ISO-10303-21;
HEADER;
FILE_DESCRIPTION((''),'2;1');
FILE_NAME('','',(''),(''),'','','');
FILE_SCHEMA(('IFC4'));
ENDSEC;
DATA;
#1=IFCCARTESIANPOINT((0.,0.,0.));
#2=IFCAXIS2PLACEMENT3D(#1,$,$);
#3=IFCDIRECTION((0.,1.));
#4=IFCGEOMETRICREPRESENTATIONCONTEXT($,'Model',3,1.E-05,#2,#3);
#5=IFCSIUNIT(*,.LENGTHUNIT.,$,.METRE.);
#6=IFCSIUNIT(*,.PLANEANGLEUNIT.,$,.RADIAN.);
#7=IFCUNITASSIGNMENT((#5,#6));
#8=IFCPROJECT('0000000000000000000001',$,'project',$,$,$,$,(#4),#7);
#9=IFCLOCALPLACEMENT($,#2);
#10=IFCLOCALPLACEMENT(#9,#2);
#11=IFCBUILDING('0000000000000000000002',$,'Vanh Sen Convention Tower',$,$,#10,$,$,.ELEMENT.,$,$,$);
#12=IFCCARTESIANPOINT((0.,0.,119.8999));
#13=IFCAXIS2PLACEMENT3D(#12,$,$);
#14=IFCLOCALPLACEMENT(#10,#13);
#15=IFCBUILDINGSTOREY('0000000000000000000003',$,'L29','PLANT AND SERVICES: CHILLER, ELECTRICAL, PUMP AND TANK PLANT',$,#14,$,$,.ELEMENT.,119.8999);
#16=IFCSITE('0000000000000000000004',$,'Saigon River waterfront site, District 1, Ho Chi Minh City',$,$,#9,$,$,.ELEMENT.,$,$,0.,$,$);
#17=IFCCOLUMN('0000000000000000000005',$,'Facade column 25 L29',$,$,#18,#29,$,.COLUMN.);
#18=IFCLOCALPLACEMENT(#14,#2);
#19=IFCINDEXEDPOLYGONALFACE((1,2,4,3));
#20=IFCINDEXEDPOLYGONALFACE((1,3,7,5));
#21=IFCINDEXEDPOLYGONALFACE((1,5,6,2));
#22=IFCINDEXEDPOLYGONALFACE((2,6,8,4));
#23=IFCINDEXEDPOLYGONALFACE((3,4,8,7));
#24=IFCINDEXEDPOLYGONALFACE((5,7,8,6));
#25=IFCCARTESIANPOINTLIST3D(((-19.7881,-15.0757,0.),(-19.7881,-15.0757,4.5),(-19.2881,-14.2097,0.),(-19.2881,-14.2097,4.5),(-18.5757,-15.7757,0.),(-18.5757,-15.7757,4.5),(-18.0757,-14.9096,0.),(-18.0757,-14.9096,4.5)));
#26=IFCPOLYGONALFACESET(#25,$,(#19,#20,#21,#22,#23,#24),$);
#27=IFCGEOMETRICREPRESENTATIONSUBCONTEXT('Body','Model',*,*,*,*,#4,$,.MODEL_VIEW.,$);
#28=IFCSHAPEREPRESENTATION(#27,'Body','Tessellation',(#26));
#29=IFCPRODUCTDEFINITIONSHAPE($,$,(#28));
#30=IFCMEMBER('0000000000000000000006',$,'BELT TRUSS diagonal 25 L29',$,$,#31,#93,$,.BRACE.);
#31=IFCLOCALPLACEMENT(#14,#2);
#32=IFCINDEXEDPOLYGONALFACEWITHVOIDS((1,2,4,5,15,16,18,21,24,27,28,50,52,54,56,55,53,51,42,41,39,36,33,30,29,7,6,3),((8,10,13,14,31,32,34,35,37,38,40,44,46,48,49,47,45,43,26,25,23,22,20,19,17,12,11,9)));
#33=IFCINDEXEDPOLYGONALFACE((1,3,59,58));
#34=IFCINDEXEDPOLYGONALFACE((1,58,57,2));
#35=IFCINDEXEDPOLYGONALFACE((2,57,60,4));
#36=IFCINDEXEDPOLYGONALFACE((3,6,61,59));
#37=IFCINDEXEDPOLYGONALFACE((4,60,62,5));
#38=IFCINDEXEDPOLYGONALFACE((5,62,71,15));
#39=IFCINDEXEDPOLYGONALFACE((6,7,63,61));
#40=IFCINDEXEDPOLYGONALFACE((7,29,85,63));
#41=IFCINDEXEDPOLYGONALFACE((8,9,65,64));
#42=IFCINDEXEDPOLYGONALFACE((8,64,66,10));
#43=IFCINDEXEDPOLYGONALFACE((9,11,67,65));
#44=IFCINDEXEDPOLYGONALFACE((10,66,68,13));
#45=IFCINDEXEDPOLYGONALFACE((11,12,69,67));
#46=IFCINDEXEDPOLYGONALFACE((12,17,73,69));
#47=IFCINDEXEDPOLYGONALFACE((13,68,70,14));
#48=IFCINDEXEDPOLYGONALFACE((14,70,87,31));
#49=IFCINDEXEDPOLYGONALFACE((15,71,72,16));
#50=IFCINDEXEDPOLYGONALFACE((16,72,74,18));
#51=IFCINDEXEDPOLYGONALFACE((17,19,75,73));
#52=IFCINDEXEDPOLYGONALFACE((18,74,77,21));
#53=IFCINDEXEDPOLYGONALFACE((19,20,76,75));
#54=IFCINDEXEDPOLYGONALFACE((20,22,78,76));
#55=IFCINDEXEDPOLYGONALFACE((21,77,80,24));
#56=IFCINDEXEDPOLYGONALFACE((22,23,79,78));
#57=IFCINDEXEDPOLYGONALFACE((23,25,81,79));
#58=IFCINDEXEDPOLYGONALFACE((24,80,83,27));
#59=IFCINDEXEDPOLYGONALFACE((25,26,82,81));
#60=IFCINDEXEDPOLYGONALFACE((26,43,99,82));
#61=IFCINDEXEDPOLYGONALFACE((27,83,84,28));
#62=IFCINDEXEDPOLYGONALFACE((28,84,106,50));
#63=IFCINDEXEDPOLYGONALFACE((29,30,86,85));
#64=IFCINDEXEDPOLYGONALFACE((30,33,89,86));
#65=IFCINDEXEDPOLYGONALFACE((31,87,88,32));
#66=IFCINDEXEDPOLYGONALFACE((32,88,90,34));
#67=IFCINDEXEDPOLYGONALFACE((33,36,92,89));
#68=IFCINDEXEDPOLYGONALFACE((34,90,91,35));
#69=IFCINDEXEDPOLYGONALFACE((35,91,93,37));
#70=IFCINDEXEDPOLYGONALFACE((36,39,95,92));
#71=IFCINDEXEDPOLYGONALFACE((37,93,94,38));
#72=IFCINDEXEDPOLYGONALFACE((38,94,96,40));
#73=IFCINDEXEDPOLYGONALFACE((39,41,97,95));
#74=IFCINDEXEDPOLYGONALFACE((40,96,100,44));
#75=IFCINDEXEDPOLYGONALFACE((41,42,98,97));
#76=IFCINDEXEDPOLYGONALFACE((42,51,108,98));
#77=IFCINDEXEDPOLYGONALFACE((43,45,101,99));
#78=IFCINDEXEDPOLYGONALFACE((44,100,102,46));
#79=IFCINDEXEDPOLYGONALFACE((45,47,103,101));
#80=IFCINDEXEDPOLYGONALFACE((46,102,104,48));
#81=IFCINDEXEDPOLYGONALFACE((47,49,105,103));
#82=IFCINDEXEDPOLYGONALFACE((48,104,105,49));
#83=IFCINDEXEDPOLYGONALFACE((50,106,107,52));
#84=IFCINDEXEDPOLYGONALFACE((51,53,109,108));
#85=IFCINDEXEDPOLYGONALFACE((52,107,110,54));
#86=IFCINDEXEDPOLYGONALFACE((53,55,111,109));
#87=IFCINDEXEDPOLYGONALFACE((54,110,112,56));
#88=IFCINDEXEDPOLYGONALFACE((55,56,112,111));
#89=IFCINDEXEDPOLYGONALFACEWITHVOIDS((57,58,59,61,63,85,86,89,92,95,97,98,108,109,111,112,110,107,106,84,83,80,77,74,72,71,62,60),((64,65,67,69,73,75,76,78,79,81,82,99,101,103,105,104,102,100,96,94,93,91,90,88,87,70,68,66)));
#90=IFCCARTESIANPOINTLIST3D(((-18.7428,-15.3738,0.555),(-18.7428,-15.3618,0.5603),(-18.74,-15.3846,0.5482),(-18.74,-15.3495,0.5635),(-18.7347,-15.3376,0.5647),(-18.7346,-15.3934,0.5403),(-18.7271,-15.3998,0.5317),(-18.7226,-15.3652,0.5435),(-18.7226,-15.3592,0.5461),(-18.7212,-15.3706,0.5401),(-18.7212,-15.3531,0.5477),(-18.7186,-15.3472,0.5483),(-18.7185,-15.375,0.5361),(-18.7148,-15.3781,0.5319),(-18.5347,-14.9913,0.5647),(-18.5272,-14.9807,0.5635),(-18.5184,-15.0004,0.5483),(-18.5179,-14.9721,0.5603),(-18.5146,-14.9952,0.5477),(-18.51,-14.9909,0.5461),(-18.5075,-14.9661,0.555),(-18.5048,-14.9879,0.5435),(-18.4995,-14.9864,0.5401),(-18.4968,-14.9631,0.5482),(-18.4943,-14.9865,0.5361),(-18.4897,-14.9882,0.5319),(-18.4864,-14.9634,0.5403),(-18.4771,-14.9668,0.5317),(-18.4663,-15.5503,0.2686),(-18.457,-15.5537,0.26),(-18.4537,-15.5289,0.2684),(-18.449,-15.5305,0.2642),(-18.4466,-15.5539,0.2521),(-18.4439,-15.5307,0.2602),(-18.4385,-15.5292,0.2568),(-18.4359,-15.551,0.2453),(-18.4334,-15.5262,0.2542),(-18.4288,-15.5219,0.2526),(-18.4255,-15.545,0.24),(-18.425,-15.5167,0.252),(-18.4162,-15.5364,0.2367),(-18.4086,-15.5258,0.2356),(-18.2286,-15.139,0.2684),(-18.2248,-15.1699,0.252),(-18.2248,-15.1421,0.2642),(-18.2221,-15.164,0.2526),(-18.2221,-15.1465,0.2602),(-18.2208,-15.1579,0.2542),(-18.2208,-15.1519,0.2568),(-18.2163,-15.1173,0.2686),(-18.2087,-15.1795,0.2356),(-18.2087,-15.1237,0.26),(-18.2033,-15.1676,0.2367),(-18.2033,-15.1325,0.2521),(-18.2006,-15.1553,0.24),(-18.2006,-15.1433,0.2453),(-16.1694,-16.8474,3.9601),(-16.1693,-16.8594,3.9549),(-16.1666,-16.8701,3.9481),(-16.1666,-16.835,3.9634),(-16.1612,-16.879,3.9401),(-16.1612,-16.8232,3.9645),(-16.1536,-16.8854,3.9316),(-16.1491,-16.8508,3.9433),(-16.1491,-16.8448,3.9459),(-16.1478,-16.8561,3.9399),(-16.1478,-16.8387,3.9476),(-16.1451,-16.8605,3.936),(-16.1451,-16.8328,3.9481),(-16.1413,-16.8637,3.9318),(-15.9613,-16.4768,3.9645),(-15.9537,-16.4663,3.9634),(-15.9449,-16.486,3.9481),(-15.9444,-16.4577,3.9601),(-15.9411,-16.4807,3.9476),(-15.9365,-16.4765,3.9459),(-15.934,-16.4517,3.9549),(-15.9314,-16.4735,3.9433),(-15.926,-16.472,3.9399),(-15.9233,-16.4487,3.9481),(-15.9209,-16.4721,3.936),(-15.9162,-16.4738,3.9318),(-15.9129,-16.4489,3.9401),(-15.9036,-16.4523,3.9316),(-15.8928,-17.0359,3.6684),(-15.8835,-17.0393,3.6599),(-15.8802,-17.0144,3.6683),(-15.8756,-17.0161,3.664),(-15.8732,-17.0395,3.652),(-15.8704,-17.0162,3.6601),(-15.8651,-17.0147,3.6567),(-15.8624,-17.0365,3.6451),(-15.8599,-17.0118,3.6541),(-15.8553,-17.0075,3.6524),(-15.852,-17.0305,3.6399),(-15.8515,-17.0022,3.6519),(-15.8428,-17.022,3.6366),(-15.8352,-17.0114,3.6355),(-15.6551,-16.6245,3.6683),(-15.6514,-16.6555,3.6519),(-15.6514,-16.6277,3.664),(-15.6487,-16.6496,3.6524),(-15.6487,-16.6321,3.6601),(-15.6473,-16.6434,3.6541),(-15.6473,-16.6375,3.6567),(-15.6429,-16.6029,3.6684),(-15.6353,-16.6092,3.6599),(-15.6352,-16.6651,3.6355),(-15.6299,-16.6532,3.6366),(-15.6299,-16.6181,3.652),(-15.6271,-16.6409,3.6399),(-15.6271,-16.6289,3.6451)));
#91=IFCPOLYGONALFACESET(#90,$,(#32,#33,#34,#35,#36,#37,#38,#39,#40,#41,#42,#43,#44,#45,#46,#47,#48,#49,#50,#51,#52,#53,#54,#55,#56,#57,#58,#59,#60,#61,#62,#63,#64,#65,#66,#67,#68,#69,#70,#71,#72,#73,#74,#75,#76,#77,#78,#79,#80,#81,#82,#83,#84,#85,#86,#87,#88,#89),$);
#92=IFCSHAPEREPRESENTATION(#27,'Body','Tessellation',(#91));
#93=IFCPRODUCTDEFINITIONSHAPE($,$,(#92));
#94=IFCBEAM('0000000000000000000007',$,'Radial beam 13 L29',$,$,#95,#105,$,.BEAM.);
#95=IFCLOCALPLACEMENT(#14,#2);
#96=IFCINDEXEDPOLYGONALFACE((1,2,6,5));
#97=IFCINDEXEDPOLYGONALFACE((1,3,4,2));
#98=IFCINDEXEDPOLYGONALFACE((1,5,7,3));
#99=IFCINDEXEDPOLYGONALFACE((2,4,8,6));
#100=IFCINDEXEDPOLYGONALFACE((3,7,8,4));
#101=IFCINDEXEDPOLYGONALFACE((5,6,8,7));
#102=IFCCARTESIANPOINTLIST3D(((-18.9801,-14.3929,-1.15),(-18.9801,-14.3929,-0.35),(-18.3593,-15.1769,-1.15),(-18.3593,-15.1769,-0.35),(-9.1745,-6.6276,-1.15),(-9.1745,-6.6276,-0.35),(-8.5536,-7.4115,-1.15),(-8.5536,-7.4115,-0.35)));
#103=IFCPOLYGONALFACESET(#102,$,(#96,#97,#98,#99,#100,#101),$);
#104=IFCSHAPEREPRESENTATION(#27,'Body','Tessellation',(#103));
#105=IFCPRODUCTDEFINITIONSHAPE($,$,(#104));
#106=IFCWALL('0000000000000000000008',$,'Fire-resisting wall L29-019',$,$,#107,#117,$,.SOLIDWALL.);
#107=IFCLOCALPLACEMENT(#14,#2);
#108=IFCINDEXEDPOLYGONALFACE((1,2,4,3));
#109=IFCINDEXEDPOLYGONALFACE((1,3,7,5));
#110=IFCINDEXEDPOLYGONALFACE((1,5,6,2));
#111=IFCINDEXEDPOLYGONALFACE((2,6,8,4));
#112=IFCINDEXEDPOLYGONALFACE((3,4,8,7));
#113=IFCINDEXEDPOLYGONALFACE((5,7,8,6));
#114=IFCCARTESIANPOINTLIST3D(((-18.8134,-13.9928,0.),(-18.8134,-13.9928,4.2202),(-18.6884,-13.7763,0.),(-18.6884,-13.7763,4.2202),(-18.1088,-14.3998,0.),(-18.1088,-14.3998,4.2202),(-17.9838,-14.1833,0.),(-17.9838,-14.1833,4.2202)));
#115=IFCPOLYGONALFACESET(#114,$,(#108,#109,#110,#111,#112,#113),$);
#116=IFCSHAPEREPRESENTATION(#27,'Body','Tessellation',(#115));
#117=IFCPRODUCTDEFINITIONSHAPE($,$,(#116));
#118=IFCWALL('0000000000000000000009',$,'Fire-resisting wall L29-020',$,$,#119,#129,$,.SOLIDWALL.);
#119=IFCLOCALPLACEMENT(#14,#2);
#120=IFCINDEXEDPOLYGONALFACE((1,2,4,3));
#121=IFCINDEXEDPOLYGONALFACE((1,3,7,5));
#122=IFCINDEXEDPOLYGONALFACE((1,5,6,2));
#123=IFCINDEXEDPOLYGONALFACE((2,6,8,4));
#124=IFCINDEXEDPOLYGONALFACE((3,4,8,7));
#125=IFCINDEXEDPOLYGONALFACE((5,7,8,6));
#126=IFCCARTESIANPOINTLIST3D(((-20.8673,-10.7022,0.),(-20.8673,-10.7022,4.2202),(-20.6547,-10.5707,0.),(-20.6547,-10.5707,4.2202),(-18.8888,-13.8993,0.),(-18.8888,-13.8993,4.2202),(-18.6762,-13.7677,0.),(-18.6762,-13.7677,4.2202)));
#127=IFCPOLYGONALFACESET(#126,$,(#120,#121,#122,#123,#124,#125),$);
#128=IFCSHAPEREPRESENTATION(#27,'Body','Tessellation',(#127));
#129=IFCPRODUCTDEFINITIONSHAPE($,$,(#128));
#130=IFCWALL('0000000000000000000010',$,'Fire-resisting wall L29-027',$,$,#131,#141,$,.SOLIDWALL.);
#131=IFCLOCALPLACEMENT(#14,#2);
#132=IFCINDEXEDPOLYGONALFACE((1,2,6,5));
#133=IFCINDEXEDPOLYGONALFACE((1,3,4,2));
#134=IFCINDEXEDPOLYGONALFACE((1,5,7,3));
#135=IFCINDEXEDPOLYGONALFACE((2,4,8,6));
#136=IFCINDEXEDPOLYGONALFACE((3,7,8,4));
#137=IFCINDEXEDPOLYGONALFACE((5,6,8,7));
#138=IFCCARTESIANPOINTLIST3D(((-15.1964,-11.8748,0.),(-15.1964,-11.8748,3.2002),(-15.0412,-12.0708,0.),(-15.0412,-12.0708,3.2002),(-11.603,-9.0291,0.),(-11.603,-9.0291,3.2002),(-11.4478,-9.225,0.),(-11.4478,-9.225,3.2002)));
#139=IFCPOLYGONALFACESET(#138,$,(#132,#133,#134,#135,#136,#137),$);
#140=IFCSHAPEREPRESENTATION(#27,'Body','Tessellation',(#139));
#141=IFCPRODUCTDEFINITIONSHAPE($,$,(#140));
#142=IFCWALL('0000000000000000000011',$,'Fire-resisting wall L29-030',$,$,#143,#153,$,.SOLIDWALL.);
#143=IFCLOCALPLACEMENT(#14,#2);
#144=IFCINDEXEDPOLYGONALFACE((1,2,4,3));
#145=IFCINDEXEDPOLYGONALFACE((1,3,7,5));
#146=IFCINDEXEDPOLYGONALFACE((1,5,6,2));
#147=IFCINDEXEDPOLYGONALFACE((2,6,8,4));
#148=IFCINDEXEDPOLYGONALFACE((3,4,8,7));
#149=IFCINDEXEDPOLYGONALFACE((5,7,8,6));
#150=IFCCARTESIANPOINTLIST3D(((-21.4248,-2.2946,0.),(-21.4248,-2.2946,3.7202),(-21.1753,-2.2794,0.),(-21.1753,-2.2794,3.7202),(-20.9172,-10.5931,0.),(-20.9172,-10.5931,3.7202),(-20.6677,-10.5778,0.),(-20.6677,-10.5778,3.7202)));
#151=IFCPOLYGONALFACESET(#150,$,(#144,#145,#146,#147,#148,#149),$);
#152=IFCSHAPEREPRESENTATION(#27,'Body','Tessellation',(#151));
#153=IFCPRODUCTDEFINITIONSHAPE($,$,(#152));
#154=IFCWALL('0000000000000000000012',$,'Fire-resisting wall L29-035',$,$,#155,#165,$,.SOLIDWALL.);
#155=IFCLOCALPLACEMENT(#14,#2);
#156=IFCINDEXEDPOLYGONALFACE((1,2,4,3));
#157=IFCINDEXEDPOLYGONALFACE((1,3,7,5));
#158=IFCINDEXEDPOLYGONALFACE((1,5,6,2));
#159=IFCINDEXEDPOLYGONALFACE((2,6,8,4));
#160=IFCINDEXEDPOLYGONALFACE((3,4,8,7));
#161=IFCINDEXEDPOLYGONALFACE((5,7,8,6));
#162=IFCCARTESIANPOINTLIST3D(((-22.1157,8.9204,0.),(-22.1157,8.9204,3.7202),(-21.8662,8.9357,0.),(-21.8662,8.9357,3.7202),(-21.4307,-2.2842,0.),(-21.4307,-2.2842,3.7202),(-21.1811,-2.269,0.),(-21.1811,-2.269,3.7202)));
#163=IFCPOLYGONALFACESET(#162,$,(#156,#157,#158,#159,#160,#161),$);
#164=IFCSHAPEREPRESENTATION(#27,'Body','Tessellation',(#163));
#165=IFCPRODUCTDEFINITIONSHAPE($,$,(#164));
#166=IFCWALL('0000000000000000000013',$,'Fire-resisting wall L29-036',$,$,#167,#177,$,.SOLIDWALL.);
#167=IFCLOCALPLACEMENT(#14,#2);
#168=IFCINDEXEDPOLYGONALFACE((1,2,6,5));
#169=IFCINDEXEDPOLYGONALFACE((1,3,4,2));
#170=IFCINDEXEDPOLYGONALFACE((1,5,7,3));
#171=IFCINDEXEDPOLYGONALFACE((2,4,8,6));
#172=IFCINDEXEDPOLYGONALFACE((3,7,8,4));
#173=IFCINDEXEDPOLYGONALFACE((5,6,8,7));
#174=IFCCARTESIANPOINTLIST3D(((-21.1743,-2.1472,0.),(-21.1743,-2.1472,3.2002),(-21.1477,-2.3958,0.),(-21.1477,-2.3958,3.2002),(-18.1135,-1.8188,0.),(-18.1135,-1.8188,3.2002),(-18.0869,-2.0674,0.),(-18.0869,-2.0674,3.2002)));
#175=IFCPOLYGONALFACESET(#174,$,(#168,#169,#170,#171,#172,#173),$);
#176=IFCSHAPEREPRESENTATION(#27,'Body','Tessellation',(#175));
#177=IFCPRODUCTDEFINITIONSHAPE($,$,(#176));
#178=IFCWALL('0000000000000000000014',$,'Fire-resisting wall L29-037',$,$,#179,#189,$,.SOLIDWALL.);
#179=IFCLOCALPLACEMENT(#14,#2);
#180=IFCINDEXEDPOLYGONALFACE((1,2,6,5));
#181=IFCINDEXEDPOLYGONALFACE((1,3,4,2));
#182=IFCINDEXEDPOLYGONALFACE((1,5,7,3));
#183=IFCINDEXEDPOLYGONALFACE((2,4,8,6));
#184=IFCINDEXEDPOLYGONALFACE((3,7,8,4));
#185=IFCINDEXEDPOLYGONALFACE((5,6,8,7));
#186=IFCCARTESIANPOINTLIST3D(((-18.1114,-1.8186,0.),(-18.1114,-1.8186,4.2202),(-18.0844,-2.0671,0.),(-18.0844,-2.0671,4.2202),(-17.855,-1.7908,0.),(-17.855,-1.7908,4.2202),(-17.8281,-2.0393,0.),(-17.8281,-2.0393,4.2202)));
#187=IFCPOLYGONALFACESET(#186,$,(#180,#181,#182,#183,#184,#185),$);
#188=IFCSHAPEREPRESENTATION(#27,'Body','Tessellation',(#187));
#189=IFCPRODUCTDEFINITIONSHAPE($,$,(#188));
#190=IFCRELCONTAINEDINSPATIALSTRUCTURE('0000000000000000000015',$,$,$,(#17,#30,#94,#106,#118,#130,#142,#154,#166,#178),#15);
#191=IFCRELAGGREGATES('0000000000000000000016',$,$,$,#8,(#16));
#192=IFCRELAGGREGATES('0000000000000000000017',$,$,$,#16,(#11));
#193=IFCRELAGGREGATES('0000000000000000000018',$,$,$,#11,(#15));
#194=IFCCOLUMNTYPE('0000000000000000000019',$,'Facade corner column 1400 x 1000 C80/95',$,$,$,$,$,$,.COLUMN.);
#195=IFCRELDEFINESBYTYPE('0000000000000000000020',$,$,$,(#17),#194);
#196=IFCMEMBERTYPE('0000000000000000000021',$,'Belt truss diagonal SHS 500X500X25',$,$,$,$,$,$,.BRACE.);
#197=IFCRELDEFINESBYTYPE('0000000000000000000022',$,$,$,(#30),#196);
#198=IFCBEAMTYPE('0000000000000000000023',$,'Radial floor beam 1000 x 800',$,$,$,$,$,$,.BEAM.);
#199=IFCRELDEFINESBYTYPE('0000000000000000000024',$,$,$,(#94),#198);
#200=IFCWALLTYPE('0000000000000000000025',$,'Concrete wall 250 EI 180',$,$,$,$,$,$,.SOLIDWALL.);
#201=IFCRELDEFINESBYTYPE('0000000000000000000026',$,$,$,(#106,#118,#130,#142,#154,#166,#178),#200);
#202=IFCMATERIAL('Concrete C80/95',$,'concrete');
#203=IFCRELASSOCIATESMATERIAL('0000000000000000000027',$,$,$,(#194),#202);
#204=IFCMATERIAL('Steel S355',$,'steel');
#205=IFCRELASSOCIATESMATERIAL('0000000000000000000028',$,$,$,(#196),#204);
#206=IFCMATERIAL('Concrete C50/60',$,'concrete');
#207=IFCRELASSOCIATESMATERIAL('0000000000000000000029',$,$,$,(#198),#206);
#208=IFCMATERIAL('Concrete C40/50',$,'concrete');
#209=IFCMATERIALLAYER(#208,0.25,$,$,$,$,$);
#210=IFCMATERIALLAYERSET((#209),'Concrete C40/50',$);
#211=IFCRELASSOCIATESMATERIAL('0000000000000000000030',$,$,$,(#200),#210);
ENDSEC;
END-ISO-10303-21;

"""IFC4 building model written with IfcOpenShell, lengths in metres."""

from ifc_helpers import new_model, si_unit, direction, frame, frame_2d, origin, origin_2d, place, context, subcontext, project, spatial, rectangle, hollow_rectangle, extrude, material, layer, layer_set, material_profile, profile_set, type_object, element, save


model = new_model("IFC4")

# Units and contexts
model_context = context("Model", 3, precision=1e-05, world=origin(), true_north=direction((0.0, 1.0)))
body_context = subcontext(model_context, "Body", "Model", "MODEL_VIEW")
ifc_project = project(units=[si_unit("LENGTHUNIT", "METRE"), si_unit("PLANEANGLEUNIT", "RADIAN")], contexts=[model_context])

# Site, building, storey
site_placement = place(None, origin())
site = spatial("IfcSite", under=ifc_project, at=site_placement, Name="Saigon River waterfront site, District 1, Ho Chi Minh City", CompositionType="ELEMENT", RefElevation=0.0)
building_placement = place(site_placement, origin())
building = spatial("IfcBuilding", under=site, at=building_placement, Name="Vanh Sen Convention Tower", CompositionType="ELEMENT")
storey_placement = place(building_placement, frame((0.0, 0.0, 119.8999)))
storey = spatial("IfcBuildingStorey", under=building, at=storey_placement, Name="L29", Description="PLANT AND SERVICES: CHILLER, ELECTRICAL, PUMP AND TANK PLANT", CompositionType="ELEMENT", Elevation=119.8999)

# Column
ifc_material_1 = material(Name="Concrete C80/95", Category="concrete")
ifc_material_profile_1 = material_profile(ifc_material_1, rectangle(XDim=1.3999, YDim=1.0, at=origin_2d()), Name="RC 1400X1000")
ifc_profile_set_1 = profile_set([ifc_material_profile_1], Name="Concrete C80/95")
column_type = type_object("IfcColumnType", Name="Facade corner column 1400 x 1000 C80/95", PredefinedType="COLUMN", material=ifc_profile_set_1)
column_placement = place(storey_placement, frame((-18.9319, -14.9927, 0.0), z_axis=(0.0, 0.0, 1.0), x_axis=(0.866025, -0.5, 0.0)))
element("IfcColumn", 1, at=column_placement, inside=storey, type_object=column_type, Name="Facade column 25 L29", PredefinedType="COLUMN", context=body_context, shape_type="SweptSolid", body=[
    extrude(rectangle(XDim=1.3999, YDim=1.0, at=origin_2d()), origin(), (0.0, 0.0, 1.0), 4.5),
])

# Member
ifc_material_2 = material(Name="Steel S355", Category="steel")
ifc_material_profile_2 = material_profile(ifc_material_2, hollow_rectangle(XDim=0.5, YDim=0.5, WallThickness=0.0249, InnerFilletRadius=0.0249, OuterFilletRadius=0.05, at=origin_2d()), Name="SHS 500X500X25")
ifc_profile_set_2 = profile_set([ifc_material_profile_2], Name="Steel S355")
member_type = type_object("IfcMemberType", Name="Belt truss diagonal SHS 500X500X25", PredefinedType="BRACE", material=ifc_profile_set_2)
member_placement = place(storey_placement, frame((-18.4717, -15.2585, 0.4001), z_axis=(0.569931, -0.329004, 0.752951), x_axis=(0.499948, 0.866056, 0.0)))
element("IfcMember", 2, at=member_placement, inside=storey, type_object=member_type, Name="BELT TRUSS diagonal 25 L29", PredefinedType="BRACE", context=body_context, shape_type="SweptSolid", body=[
    extrude(hollow_rectangle(XDim=0.5, YDim=0.5, WallThickness=0.0249, InnerFilletRadius=0.0249, OuterFilletRadius=0.05, at=origin_2d()), origin(), (0.0, 0.0, 1.0), 4.5154),
])

# Beam
ifc_material_3 = material(Name="Concrete C50/60", Category="concrete")
ifc_material_profile_3 = material_profile(ifc_material_3, rectangle(XDim=1.0, YDim=0.8, at=origin_2d()), Name="RC 1000X800")
ifc_profile_set_3 = profile_set([ifc_material_profile_3], Name="Concrete C50/60")
beam_type = type_object("IfcBeamType", Name="Radial floor beam 1000 x 800", PredefinedType="BEAM", material=ifc_profile_set_3)
beam_placement = place(storey_placement, frame((-18.6697, -14.7849, -0.75), z_axis=(0.783946, 0.620829, 0.0), x_axis=(-0.620829, 0.783946, 0.0)))
element("IfcBeam", 3, at=beam_placement, inside=storey, type_object=beam_type, Name="Radial beam 13 L29", PredefinedType="BEAM", context=body_context, shape_type="SweptSolid", body=[
    extrude(rectangle(XDim=1.0, YDim=0.8, at=origin_2d()), origin(), (0.0, 0.0, 1.0), 12.5081),
])

# Walls
ifc_material_4 = material(Name="Concrete C40/50", Category="concrete")
ifc_layer_1 = layer(ifc_material_4, 0.25)
ifc_layer_set_1 = layer_set([ifc_layer_1], Name="Concrete C40/50")
wall_type_1 = type_object("IfcWallType", Name="Concrete wall 250 EI 180", PredefinedType="SOLIDWALL", material=ifc_layer_set_1)
wall_1_placement = place(storey_placement, frame((-18.0464, -14.2915, 0.0), z_axis=(0.0, 0.0, 1.0), x_axis=(-0.865926, 0.500173, 0.0)))
element("IfcWall", 4, at=wall_1_placement, inside=storey, type_object=wall_type_1, Name="Fire-resisting wall L29-019", PredefinedType="SOLIDWALL", context=body_context, shape_type="SweptSolid", body=[
    extrude(rectangle(XDim=0.8137, YDim=0.25, at=frame_2d((0.4067, 0.0))), origin(), (0.0, 0.0, 1.0), 4.2202),
])
wall_2_placement = place(storey_placement, frame((-18.7825, -13.8335, 0.0), z_axis=(0.0, 0.0, 1.0), x_axis=(-0.526241, 0.850336, 0.0)))
element("IfcWall", 5, at=wall_2_placement, inside=storey, type_object=wall_type_1, Name="Fire-resisting wall L29-020", PredefinedType="SOLIDWALL", context=body_context, shape_type="SweptSolid", body=[
    extrude(rectangle(XDim=3.7598, YDim=0.25, at=frame_2d((1.8799, 0.0))), origin(), (0.0, 0.0, 1.0), 4.2202),
])
wall_3_placement = place(storey_placement, frame((-15.1189, -11.9729, 0.0), z_axis=(0.0, 0.0, 1.0), x_axis=(0.783936, 0.620842, 0.0)))
element("IfcWall", 6, at=wall_3_placement, inside=storey, type_object=wall_type_1, Name="Fire-resisting wall L29-027", PredefinedType="SOLIDWALL", context=body_context, shape_type="SweptSolid", body=[
    extrude(rectangle(XDim=4.5837, YDim=0.25, at=frame_2d((2.292, 0.0))), origin(), (0.0, 0.0, 1.0), 3.2002),
])
wall_4_placement = place(storey_placement, frame((-20.7925, -10.5854, 0.0), z_axis=(0.0, 0.0, 1.0), x_axis=(-0.061051, 0.998135, 0.0)))
element("IfcWall", 7, at=wall_4_placement, inside=storey, type_object=wall_type_1, Name="Fire-resisting wall L29-030", PredefinedType="SOLIDWALL", context=body_context, shape_type="SweptSolid", body=[
    extrude(rectangle(XDim=8.314, YDim=0.25, at=frame_2d((4.157, 0.0))), origin(), (0.0, 0.0, 1.0), 3.7202),
])
wall_5_placement = place(storey_placement, frame((-21.3059, -2.2766, 0.0), z_axis=(0.0, 0.0, 1.0), x_axis=(-0.061027, 0.998136, 0.0)))
element("IfcWall", 8, at=wall_5_placement, inside=storey, type_object=wall_type_1, Name="Fire-resisting wall L29-035", PredefinedType="SOLIDWALL", context=body_context, shape_type="SweptSolid", body=[
    extrude(rectangle(XDim=11.2256, YDim=0.25, at=frame_2d((5.6128, 0.0))), origin(), (0.0, 0.0, 1.0), 3.7202),
])
wall_6_placement = place(storey_placement, frame((-21.1609, -2.2715, 0.0), z_axis=(0.0, 0.0, 1.0), x_axis=(0.994294, 0.10667, 0.0)))
element("IfcWall", 9, at=wall_6_placement, inside=storey, type_object=wall_type_1, Name="Fire-resisting wall L29-036", PredefinedType="SOLIDWALL", context=body_context, shape_type="SweptSolid", body=[
    extrude(rectangle(XDim=3.0784, YDim=0.25, at=frame_2d((1.5391, 0.0))), origin(), (0.0, 0.0, 1.0), 3.2002),
])
wall_7_placement = place(storey_placement, frame((-17.8416, -1.915, 0.0), z_axis=(0.0, 0.0, 1.0), x_axis=(-0.994158, -0.107937, 0.0)))
element("IfcWall", 10, at=wall_7_placement, inside=storey, type_object=wall_type_1, Name="Fire-resisting wall L29-037", PredefinedType="SOLIDWALL", context=body_context, shape_type="SweptSolid", body=[
    extrude(rectangle(XDim=0.2578, YDim=0.25, at=frame_2d((0.1289, 0.0))), origin(), (0.0, 0.0, 1.0), 4.2202),
])

save(model, "model.ifc")
